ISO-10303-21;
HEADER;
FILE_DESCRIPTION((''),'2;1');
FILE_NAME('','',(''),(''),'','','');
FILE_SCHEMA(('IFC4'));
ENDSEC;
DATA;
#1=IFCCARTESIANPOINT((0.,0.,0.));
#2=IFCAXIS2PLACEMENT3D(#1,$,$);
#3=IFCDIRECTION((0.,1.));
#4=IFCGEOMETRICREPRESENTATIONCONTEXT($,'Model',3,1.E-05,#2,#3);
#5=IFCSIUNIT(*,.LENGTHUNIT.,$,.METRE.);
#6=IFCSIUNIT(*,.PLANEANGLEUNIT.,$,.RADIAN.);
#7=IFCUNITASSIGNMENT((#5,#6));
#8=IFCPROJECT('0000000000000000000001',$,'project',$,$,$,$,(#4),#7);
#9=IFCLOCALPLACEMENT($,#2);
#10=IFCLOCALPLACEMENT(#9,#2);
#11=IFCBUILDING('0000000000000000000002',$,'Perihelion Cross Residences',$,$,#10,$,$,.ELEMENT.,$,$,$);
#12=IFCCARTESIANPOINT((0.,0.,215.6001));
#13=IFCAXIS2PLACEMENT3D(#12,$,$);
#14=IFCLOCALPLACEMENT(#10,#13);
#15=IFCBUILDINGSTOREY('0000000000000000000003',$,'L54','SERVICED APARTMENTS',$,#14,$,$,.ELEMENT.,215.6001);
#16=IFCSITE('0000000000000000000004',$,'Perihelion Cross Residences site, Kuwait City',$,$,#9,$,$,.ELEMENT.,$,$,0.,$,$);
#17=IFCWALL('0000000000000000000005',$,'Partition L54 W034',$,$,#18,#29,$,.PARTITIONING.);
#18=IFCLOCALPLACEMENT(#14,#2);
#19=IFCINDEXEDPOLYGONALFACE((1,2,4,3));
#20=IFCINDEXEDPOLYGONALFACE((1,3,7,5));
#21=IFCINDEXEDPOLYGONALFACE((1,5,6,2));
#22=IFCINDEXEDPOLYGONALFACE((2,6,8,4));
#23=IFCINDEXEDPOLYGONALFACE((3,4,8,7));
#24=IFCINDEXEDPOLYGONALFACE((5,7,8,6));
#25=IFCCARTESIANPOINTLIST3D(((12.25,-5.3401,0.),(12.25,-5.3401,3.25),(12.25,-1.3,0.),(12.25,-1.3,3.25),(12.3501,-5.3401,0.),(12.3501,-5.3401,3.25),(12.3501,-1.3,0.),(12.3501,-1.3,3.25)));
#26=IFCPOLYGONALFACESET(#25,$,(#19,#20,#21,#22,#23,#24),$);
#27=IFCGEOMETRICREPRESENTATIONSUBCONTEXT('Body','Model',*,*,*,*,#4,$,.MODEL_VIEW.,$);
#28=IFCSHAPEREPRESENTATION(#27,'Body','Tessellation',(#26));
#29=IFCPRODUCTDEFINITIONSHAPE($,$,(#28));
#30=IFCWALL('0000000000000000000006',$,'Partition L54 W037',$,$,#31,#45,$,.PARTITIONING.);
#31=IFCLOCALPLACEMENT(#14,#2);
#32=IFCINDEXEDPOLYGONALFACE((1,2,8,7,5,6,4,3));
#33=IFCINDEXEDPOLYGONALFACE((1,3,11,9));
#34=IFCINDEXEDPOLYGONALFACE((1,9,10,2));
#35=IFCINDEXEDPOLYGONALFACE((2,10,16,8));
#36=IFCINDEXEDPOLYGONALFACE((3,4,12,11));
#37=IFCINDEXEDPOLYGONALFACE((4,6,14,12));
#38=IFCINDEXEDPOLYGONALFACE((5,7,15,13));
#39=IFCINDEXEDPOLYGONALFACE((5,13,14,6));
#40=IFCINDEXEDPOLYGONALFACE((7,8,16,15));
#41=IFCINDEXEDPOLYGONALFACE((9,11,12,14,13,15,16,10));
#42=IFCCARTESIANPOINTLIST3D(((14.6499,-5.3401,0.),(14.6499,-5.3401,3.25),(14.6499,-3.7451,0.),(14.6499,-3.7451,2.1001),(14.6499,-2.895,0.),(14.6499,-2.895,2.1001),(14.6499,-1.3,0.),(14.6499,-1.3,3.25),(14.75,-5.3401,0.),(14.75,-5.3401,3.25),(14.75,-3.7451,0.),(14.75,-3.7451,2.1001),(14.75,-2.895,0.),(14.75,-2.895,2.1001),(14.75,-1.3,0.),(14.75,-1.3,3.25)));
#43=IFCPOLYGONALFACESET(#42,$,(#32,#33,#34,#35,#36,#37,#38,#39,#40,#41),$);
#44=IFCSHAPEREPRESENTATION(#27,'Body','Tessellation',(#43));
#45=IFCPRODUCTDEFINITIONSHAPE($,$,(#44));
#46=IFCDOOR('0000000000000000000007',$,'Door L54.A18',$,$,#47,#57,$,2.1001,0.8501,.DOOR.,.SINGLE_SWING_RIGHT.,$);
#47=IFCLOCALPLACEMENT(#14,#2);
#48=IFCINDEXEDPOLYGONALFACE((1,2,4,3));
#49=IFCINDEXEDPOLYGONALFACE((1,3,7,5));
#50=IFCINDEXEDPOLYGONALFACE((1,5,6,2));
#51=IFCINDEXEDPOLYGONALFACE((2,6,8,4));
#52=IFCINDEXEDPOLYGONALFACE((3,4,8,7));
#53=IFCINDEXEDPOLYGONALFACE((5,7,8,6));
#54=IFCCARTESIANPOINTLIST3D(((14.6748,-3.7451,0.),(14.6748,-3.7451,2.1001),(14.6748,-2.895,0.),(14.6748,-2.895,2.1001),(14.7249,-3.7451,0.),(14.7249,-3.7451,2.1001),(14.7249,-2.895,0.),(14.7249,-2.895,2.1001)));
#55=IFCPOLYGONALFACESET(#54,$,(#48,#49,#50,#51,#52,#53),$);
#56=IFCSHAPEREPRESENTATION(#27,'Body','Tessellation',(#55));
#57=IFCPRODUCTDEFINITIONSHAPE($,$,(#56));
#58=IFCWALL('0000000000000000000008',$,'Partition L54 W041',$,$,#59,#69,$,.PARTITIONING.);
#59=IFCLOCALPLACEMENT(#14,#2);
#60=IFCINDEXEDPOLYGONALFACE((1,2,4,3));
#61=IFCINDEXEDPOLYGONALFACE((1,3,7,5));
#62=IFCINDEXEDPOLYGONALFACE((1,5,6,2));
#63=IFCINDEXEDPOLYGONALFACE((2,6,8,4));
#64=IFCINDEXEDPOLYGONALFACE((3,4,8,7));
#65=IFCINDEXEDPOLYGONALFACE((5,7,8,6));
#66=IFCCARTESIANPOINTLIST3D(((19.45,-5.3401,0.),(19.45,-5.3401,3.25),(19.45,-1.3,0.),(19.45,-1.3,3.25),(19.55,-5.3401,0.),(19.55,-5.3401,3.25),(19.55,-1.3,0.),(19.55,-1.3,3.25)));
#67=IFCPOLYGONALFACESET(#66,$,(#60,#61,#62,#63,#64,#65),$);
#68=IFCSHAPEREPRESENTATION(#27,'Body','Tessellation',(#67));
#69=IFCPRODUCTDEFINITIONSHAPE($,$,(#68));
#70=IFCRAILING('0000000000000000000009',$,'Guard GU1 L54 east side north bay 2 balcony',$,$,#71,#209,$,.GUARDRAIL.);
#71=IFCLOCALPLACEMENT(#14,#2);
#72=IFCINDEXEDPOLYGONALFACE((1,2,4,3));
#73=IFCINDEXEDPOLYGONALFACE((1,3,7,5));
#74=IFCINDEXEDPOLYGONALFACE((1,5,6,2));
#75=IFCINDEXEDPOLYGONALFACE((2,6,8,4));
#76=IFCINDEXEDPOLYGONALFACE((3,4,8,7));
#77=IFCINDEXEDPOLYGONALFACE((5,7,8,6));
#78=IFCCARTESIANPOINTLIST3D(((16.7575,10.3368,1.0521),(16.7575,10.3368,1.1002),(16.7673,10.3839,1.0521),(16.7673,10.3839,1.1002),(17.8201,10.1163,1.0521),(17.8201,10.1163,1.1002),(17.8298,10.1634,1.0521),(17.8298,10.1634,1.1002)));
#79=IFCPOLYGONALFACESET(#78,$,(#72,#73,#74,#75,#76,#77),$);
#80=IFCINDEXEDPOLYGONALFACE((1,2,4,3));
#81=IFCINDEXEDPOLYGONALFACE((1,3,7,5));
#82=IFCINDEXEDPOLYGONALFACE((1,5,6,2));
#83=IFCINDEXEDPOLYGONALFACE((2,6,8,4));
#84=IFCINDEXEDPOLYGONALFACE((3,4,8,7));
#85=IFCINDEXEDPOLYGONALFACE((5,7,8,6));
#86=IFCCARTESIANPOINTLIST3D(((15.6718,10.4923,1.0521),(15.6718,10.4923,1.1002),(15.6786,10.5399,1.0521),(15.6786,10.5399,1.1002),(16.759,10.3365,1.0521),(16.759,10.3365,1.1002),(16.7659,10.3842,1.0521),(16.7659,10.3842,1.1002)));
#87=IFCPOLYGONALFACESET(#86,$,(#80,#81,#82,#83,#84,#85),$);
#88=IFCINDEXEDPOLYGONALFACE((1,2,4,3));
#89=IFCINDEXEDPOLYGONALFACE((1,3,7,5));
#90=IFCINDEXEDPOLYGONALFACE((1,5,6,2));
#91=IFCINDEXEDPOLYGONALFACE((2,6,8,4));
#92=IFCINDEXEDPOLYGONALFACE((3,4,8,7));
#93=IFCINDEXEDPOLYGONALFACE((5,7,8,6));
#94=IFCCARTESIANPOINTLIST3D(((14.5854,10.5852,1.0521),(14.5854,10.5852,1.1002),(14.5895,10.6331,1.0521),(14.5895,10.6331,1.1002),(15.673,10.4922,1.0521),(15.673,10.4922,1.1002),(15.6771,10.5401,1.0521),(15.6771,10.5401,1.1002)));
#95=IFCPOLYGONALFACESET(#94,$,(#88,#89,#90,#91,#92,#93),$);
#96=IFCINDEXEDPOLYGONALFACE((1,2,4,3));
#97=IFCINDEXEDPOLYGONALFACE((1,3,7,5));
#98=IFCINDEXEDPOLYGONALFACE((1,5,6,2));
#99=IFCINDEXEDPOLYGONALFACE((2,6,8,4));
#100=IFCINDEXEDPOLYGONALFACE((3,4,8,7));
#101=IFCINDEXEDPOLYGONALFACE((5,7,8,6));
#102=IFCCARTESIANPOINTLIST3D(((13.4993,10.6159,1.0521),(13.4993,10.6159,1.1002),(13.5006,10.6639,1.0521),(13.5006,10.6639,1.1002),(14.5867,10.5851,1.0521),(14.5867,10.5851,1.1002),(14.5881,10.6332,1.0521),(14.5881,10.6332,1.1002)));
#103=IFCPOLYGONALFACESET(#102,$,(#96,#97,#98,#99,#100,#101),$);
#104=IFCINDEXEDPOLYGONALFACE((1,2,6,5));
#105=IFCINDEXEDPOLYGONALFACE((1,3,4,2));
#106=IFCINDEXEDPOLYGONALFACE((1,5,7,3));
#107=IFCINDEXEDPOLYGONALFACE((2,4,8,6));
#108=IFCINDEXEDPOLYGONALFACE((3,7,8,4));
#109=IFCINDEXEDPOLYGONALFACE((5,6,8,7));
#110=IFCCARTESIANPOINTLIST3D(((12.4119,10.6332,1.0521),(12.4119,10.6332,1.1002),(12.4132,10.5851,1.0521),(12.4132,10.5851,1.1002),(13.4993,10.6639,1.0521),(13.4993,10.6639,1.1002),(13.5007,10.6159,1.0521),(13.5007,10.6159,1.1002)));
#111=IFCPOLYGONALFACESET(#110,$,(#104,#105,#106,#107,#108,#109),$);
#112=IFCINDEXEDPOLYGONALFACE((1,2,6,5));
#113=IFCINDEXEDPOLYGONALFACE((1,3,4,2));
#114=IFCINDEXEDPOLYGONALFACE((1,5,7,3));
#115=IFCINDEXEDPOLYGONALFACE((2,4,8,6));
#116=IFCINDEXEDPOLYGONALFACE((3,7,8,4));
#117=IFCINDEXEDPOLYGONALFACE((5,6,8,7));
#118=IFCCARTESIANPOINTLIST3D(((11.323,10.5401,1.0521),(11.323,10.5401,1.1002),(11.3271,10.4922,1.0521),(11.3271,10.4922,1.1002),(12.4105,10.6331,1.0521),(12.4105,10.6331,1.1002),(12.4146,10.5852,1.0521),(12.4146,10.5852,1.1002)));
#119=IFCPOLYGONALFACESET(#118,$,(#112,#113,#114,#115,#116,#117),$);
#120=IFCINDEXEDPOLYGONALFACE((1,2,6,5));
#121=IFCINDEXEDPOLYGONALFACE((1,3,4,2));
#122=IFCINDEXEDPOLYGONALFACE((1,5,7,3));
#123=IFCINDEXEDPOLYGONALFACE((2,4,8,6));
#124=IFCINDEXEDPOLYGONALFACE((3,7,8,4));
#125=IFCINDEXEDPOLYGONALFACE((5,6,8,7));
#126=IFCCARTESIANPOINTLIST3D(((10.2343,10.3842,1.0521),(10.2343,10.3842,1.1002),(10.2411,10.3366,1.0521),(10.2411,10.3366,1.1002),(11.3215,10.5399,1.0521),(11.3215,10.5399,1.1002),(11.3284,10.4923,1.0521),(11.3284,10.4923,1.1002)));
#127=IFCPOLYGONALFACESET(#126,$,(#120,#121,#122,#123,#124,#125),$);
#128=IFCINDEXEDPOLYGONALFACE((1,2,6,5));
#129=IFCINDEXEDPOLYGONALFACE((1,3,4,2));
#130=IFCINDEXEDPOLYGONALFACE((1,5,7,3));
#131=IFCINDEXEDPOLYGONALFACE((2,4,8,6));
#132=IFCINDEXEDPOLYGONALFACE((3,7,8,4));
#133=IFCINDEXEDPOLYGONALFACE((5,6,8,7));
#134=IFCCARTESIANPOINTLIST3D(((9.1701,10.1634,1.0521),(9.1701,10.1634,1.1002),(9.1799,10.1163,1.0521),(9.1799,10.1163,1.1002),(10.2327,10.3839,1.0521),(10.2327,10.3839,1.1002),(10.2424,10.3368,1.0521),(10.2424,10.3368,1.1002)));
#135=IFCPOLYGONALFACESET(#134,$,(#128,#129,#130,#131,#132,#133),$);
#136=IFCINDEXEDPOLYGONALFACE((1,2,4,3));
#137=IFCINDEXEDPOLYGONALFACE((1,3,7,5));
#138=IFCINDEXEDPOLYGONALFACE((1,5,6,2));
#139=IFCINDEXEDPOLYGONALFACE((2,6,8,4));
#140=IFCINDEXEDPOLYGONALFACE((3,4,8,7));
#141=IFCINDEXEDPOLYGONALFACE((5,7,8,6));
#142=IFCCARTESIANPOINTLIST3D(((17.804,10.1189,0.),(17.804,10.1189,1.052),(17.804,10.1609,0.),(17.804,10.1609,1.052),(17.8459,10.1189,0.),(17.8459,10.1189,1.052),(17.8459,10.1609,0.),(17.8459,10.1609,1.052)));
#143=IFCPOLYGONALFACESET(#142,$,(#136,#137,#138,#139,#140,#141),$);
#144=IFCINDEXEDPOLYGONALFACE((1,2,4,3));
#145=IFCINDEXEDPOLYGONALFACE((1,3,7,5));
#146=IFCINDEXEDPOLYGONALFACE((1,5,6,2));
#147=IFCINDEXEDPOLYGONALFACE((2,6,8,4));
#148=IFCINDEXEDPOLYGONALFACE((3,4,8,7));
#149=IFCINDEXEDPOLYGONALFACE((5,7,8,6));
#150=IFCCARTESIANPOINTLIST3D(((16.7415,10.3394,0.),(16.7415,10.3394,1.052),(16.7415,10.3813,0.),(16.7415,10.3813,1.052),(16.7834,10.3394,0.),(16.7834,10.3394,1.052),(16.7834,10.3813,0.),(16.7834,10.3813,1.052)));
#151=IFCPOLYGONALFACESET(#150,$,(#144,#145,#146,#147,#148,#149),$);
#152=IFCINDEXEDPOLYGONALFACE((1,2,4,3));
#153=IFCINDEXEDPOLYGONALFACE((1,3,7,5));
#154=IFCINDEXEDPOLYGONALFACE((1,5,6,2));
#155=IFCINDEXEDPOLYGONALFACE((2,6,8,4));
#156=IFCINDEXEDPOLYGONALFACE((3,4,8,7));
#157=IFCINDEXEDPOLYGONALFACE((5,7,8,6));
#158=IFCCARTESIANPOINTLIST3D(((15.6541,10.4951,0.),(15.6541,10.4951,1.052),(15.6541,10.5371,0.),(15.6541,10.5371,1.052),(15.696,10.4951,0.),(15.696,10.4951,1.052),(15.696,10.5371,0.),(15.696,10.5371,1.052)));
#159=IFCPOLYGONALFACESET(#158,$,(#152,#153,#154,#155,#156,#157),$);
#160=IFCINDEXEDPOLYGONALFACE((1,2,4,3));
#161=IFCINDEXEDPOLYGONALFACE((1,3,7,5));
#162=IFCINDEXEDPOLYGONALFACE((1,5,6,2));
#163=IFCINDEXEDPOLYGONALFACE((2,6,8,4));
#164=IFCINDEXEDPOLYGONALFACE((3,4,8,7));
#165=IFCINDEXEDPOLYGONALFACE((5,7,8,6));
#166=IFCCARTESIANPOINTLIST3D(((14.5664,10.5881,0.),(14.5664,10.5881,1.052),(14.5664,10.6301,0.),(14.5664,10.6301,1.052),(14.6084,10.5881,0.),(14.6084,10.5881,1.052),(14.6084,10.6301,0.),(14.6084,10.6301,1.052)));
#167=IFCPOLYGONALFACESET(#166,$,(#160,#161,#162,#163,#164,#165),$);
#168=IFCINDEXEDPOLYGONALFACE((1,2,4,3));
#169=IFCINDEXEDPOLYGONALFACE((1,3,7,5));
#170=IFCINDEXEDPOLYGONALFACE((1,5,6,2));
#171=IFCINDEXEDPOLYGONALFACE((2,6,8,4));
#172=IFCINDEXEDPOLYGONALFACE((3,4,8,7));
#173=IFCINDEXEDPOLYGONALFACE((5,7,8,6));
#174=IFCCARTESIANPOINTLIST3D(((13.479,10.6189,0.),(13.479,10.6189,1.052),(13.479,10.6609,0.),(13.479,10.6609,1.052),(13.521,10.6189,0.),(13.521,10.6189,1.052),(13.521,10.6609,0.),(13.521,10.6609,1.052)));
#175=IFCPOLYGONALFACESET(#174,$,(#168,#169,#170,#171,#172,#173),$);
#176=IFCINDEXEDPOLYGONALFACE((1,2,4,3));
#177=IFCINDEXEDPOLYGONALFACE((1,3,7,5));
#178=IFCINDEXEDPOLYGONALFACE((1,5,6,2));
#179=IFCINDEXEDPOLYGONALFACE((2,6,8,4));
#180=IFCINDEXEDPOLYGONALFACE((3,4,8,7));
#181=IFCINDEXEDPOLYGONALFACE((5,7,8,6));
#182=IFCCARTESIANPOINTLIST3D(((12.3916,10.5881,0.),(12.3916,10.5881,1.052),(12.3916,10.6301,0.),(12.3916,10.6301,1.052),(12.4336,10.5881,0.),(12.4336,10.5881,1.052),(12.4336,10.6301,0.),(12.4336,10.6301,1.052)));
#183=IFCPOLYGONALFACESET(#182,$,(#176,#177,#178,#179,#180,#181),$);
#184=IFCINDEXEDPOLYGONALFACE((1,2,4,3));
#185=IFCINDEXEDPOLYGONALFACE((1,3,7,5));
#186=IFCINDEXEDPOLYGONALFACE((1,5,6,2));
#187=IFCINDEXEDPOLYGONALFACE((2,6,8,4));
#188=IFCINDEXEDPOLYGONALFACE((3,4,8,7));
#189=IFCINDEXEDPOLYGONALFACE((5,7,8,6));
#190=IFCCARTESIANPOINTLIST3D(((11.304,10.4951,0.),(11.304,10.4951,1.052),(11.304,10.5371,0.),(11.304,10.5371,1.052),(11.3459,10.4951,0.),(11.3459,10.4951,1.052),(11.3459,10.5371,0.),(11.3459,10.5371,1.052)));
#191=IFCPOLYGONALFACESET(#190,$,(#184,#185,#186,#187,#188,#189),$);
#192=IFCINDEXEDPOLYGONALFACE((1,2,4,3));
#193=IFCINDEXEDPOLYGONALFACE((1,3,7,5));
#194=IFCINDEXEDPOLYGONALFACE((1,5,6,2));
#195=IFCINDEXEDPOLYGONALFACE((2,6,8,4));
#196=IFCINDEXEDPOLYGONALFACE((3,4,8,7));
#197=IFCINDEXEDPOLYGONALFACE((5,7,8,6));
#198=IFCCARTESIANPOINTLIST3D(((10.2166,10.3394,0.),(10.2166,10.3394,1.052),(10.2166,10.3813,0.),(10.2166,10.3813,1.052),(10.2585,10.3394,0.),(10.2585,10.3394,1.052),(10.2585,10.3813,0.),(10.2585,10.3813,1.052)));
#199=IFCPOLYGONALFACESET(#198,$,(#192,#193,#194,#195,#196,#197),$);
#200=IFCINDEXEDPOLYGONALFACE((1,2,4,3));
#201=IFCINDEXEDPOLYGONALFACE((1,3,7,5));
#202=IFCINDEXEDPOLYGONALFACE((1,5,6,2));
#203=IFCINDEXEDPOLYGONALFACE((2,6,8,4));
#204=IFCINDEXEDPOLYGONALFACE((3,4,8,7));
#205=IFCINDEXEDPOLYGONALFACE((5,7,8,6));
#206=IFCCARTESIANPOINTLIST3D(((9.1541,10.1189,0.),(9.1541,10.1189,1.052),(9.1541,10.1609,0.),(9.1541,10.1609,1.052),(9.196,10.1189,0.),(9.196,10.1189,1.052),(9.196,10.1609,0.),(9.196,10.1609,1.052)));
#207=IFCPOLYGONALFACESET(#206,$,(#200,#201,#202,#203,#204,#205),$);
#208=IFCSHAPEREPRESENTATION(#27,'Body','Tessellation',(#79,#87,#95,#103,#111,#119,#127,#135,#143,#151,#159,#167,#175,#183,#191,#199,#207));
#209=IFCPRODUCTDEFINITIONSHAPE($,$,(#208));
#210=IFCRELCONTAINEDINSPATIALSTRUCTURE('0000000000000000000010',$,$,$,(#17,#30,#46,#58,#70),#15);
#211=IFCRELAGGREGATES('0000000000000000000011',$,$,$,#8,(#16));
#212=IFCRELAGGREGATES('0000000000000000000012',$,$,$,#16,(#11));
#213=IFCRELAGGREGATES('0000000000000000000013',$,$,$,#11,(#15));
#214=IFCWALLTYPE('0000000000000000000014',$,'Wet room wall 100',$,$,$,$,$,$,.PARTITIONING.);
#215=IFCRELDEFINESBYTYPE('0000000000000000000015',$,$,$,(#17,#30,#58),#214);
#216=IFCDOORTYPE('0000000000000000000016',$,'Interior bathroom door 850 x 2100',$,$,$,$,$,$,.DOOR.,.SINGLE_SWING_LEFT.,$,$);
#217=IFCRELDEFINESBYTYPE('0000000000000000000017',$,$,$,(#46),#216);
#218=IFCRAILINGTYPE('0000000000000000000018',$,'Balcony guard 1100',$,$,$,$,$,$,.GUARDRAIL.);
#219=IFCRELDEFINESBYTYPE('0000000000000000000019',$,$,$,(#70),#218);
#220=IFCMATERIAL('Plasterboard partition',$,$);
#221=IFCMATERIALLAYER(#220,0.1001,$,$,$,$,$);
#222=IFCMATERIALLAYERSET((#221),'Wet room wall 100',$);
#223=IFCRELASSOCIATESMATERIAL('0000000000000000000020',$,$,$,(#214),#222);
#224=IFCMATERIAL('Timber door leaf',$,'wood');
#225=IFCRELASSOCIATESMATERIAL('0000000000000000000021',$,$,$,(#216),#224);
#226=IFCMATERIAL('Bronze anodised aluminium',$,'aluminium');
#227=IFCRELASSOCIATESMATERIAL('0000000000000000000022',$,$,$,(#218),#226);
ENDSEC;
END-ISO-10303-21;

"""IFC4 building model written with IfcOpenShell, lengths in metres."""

from ifc_helpers import new_model, si_unit, direction, frame, frame_2d, origin, origin_2d, place, context, subcontext, project, spatial, rectangle, extrude, material, layer, layer_set, type_object, element, fill, save


model = new_model("IFC4")

# Units and contexts
model_context = context("Model", 3, precision=1e-05, world=origin(), true_north=direction((0.0, 1.0)))
body_context = subcontext(model_context, "Body", "Model", "MODEL_VIEW")
ifc_project = project(units=[si_unit("LENGTHUNIT", "METRE"), si_unit("PLANEANGLEUNIT", "RADIAN")], contexts=[model_context])

# Site, building, storey
site_placement = place(None, origin())
site = spatial("IfcSite", under=ifc_project, at=site_placement, Name="Perihelion Cross Residences site, Kuwait City", CompositionType="ELEMENT", RefElevation=0.0)
building_placement = place(site_placement, origin())
building = spatial("IfcBuilding", under=site, at=building_placement, Name="Perihelion Cross Residences", CompositionType="ELEMENT")
storey_placement = place(building_placement, frame((0.0, 0.0, 215.6001)))
storey = spatial("IfcBuildingStorey", under=building, at=storey_placement, Name="L54", Description="SERVICED APARTMENTS", CompositionType="ELEMENT", Elevation=215.6001)

# Shared definitions
ifc_material_1 = material(Name="Plasterboard partition")
ifc_layer_1 = layer(ifc_material_1, 0.1001)
ifc_layer_set_1 = layer_set([ifc_layer_1], Name="Wet room wall 100")
wall_type_1 = type_object("IfcWallType", Name="Wet room wall 100", PredefinedType="PARTITIONING", material=ifc_layer_set_1)

# Shared definitions
ifc_material_2 = material(Name="Timber door leaf", Category="wood")
door_type_1 = type_object("IfcDoorType", Name="Interior bathroom door 850 x 2100", OperationType="SINGLE_SWING_LEFT", PredefinedType="DOOR", material=ifc_material_2)

# Wall
wall_1_placement = place(storey_placement, frame((12.3, -1.3, 0.0), z_axis=(0.0, 0.0, 1.0), x_axis=(0.0, -1.0, 0.0)))
element("IfcWall", 1, at=wall_1_placement, inside=storey, type_object=wall_type_1, Name="Partition L54 W034", PredefinedType="PARTITIONING", context=body_context, shape_type="SweptSolid", body=[
    extrude(rectangle(XDim=4.04, YDim=0.1001, at=frame_2d((2.02, 0.0))), origin(), (0.0, 0.0, 1.0), 3.25),
])

# Wall, opening, door
wall_2_placement = place(storey_placement, frame((14.7, -1.3, 0.0), z_axis=(0.0, 0.0, 1.0), x_axis=(0.0, -1.0, 0.0)))
wall_2 = element("IfcWall", 2, at=wall_2_placement, inside=storey, type_object=wall_type_1, Name="Partition L54 W037", PredefinedType="PARTITIONING", context=body_context, shape_type="SweptSolid", body=[
    extrude(rectangle(XDim=4.04, YDim=0.1001, at=frame_2d((2.02, 0.0))), origin(), (0.0, 0.0, 1.0), 3.25),
])
opening_1_placement = place(wall_2_placement, frame((1.595, 0.0, 0.0)))
opening_1 = element("IfcOpeningElement", 3, at=opening_1_placement, cuts=wall_2, PredefinedType="OPENING", context=body_context, shape_type="SweptSolid", body=[
    extrude(rectangle(XDim=0.8501, YDim=2.1001, at=frame_2d((0.425, 1.05))), frame((0.0, 0.0601, 0.0), z_axis=(0.0, -1.0, 0.0), x_axis=(1.0, 0.0, 0.0)), (0.0, 0.0, 1.0), 0.1201),
])
door_1_placement = place(opening_1_placement, origin())
door_1 = element("IfcDoor", 4, at=door_1_placement, inside=storey, type_object=door_type_1, Name="Door L54.A18", OperationType="SINGLE_SWING_RIGHT", OverallHeight=2.1001, OverallWidth=0.8501, PredefinedType="DOOR", context=body_context, shape_type="SweptSolid", body=[
    extrude(rectangle(XDim=0.8501, YDim=2.1001, at=frame_2d((0.425, 1.05))), frame((0.0, 0.0249, 0.0), z_axis=(0.0, -1.0, 0.0), x_axis=(1.0, 0.0, 0.0)), (0.0, 0.0, 1.0), 0.05),
])
fill(opening_1, door_1)

# Wall
wall_3_placement = place(storey_placement, frame((19.5, -1.3, 0.0), z_axis=(0.0, 0.0, 1.0), x_axis=(0.0, -1.0, 0.0)))
element("IfcWall", 5, at=wall_3_placement, inside=storey, type_object=wall_type_1, Name="Partition L54 W041", PredefinedType="PARTITIONING", context=body_context, shape_type="SweptSolid", body=[
    extrude(rectangle(XDim=4.04, YDim=0.1001, at=frame_2d((2.02, 0.0))), origin(), (0.0, 0.0, 1.0), 3.25),
])

# Railing
ifc_material_3 = material(Name="Bronze anodised aluminium", Category="aluminium")
railing_type = type_object("IfcRailingType", Name="Balcony guard 1100", PredefinedType="GUARDRAIL", material=ifc_material_3)
railing_placement = place(storey_placement, frame((17.825, 10.1399, 0.0)))
element("IfcRailing", 6, at=railing_placement, inside=storey, type_object=railing_type, Name="Guard GU1 L54 east side north bay 2 balcony", PredefinedType="GUARDRAIL", context=body_context, shape_type="SweptSolid", body=[
    extrude(rectangle(XDim=0.0481, YDim=0.0481, at=origin_2d()), frame((0.0, 0.0, 1.0762), z_axis=(-0.979145, 0.203164, 0.0), x_axis=(-0.203164, -0.979145, 0.0)), (0.0, 0.0, 1.0), 1.0852),
    extrude(rectangle(XDim=0.0481, YDim=0.0481, at=origin_2d()), frame((-1.0625, 0.2205, 1.0762), z_axis=(-0.989896, 0.141795, 0.0), x_axis=(-0.141795, -0.989896, 0.0)), (0.0, 0.0, 1.0), 1.0984),
    extrude(rectangle(XDim=0.0481, YDim=0.0481, at=origin_2d()), frame((-2.1499, 0.3762, 1.0762), z_axis=(-0.996363, 0.085211, 0.0), x_axis=(-0.085211, -0.996363, 0.0)), (0.0, 0.0, 1.0), 1.0916),
    extrude(rectangle(XDim=0.0481, YDim=0.0481, at=origin_2d()), frame((-3.2375, 0.4692, 1.0762), z_axis=(-0.9996, 0.028278, 0.0), x_axis=(-0.028278, -0.9996, 0.0)), (0.0, 0.0, 1.0), 1.0879),
    extrude(rectangle(XDim=0.0481, YDim=0.0481, at=origin_2d()), frame((-4.325, 0.5, 1.0762), z_axis=(-0.9996, -0.028278, 0.0), x_axis=(0.028278, -0.9996, 0.0)), (0.0, 0.0, 1.0), 1.0879),
    extrude(rectangle(XDim=0.0481, YDim=0.0481, at=origin_2d()), frame((-5.4124, 0.4692, 1.0762), z_axis=(-0.996363, -0.085211, 0.0), x_axis=(0.085211, -0.996363, 0.0)), (0.0, 0.0, 1.0), 1.0916),
    extrude(rectangle(XDim=0.0481, YDim=0.0481, at=origin_2d()), frame((-6.5, 0.3762, 1.0762), z_axis=(-0.989896, -0.141795, 0.0), x_axis=(0.141795, -0.989896, 0.0)), (0.0, 0.0, 1.0), 1.0984),
    extrude(rectangle(XDim=0.0481, YDim=0.0481, at=origin_2d()), frame((-7.5874, 0.2205, 1.0762), z_axis=(-0.979145, -0.203164, 0.0), x_axis=(0.203164, -0.979145, 0.0)), (0.0, 0.0, 1.0), 1.0852),
    extrude(rectangle(XDim=0.042, YDim=0.042, at=origin_2d()), origin(), (0.0, 0.0, 1.0), 1.052),
    extrude(rectangle(XDim=0.042, YDim=0.042, at=origin_2d()), frame((-1.0625, 0.2205, 0.0)), (0.0, 0.0, 1.0), 1.052),
    extrude(rectangle(XDim=0.042, YDim=0.042, at=origin_2d()), frame((-2.1499, 0.3762, 0.0)), (0.0, 0.0, 1.0), 1.052),
    extrude(rectangle(XDim=0.042, YDim=0.042, at=origin_2d()), frame((-3.2375, 0.4692, 0.0)), (0.0, 0.0, 1.0), 1.052),
    extrude(rectangle(XDim=0.042, YDim=0.042, at=origin_2d()), frame((-4.325, 0.5, 0.0)), (0.0, 0.0, 1.0), 1.052),
    extrude(rectangle(XDim=0.042, YDim=0.042, at=origin_2d()), frame((-5.4124, 0.4692, 0.0)), (0.0, 0.0, 1.0), 1.052),
    extrude(rectangle(XDim=0.042, YDim=0.042, at=origin_2d()), frame((-6.5, 0.3762, 0.0)), (0.0, 0.0, 1.0), 1.052),
    extrude(rectangle(XDim=0.042, YDim=0.042, at=origin_2d()), frame((-7.5874, 0.2205, 0.0)), (0.0, 0.0, 1.0), 1.052),
    extrude(rectangle(XDim=0.042, YDim=0.042, at=origin_2d()), frame((-8.6499, 0.0, 0.0)), (0.0, 0.0, 1.0), 1.052),
])

save(model, "model.ifc")
